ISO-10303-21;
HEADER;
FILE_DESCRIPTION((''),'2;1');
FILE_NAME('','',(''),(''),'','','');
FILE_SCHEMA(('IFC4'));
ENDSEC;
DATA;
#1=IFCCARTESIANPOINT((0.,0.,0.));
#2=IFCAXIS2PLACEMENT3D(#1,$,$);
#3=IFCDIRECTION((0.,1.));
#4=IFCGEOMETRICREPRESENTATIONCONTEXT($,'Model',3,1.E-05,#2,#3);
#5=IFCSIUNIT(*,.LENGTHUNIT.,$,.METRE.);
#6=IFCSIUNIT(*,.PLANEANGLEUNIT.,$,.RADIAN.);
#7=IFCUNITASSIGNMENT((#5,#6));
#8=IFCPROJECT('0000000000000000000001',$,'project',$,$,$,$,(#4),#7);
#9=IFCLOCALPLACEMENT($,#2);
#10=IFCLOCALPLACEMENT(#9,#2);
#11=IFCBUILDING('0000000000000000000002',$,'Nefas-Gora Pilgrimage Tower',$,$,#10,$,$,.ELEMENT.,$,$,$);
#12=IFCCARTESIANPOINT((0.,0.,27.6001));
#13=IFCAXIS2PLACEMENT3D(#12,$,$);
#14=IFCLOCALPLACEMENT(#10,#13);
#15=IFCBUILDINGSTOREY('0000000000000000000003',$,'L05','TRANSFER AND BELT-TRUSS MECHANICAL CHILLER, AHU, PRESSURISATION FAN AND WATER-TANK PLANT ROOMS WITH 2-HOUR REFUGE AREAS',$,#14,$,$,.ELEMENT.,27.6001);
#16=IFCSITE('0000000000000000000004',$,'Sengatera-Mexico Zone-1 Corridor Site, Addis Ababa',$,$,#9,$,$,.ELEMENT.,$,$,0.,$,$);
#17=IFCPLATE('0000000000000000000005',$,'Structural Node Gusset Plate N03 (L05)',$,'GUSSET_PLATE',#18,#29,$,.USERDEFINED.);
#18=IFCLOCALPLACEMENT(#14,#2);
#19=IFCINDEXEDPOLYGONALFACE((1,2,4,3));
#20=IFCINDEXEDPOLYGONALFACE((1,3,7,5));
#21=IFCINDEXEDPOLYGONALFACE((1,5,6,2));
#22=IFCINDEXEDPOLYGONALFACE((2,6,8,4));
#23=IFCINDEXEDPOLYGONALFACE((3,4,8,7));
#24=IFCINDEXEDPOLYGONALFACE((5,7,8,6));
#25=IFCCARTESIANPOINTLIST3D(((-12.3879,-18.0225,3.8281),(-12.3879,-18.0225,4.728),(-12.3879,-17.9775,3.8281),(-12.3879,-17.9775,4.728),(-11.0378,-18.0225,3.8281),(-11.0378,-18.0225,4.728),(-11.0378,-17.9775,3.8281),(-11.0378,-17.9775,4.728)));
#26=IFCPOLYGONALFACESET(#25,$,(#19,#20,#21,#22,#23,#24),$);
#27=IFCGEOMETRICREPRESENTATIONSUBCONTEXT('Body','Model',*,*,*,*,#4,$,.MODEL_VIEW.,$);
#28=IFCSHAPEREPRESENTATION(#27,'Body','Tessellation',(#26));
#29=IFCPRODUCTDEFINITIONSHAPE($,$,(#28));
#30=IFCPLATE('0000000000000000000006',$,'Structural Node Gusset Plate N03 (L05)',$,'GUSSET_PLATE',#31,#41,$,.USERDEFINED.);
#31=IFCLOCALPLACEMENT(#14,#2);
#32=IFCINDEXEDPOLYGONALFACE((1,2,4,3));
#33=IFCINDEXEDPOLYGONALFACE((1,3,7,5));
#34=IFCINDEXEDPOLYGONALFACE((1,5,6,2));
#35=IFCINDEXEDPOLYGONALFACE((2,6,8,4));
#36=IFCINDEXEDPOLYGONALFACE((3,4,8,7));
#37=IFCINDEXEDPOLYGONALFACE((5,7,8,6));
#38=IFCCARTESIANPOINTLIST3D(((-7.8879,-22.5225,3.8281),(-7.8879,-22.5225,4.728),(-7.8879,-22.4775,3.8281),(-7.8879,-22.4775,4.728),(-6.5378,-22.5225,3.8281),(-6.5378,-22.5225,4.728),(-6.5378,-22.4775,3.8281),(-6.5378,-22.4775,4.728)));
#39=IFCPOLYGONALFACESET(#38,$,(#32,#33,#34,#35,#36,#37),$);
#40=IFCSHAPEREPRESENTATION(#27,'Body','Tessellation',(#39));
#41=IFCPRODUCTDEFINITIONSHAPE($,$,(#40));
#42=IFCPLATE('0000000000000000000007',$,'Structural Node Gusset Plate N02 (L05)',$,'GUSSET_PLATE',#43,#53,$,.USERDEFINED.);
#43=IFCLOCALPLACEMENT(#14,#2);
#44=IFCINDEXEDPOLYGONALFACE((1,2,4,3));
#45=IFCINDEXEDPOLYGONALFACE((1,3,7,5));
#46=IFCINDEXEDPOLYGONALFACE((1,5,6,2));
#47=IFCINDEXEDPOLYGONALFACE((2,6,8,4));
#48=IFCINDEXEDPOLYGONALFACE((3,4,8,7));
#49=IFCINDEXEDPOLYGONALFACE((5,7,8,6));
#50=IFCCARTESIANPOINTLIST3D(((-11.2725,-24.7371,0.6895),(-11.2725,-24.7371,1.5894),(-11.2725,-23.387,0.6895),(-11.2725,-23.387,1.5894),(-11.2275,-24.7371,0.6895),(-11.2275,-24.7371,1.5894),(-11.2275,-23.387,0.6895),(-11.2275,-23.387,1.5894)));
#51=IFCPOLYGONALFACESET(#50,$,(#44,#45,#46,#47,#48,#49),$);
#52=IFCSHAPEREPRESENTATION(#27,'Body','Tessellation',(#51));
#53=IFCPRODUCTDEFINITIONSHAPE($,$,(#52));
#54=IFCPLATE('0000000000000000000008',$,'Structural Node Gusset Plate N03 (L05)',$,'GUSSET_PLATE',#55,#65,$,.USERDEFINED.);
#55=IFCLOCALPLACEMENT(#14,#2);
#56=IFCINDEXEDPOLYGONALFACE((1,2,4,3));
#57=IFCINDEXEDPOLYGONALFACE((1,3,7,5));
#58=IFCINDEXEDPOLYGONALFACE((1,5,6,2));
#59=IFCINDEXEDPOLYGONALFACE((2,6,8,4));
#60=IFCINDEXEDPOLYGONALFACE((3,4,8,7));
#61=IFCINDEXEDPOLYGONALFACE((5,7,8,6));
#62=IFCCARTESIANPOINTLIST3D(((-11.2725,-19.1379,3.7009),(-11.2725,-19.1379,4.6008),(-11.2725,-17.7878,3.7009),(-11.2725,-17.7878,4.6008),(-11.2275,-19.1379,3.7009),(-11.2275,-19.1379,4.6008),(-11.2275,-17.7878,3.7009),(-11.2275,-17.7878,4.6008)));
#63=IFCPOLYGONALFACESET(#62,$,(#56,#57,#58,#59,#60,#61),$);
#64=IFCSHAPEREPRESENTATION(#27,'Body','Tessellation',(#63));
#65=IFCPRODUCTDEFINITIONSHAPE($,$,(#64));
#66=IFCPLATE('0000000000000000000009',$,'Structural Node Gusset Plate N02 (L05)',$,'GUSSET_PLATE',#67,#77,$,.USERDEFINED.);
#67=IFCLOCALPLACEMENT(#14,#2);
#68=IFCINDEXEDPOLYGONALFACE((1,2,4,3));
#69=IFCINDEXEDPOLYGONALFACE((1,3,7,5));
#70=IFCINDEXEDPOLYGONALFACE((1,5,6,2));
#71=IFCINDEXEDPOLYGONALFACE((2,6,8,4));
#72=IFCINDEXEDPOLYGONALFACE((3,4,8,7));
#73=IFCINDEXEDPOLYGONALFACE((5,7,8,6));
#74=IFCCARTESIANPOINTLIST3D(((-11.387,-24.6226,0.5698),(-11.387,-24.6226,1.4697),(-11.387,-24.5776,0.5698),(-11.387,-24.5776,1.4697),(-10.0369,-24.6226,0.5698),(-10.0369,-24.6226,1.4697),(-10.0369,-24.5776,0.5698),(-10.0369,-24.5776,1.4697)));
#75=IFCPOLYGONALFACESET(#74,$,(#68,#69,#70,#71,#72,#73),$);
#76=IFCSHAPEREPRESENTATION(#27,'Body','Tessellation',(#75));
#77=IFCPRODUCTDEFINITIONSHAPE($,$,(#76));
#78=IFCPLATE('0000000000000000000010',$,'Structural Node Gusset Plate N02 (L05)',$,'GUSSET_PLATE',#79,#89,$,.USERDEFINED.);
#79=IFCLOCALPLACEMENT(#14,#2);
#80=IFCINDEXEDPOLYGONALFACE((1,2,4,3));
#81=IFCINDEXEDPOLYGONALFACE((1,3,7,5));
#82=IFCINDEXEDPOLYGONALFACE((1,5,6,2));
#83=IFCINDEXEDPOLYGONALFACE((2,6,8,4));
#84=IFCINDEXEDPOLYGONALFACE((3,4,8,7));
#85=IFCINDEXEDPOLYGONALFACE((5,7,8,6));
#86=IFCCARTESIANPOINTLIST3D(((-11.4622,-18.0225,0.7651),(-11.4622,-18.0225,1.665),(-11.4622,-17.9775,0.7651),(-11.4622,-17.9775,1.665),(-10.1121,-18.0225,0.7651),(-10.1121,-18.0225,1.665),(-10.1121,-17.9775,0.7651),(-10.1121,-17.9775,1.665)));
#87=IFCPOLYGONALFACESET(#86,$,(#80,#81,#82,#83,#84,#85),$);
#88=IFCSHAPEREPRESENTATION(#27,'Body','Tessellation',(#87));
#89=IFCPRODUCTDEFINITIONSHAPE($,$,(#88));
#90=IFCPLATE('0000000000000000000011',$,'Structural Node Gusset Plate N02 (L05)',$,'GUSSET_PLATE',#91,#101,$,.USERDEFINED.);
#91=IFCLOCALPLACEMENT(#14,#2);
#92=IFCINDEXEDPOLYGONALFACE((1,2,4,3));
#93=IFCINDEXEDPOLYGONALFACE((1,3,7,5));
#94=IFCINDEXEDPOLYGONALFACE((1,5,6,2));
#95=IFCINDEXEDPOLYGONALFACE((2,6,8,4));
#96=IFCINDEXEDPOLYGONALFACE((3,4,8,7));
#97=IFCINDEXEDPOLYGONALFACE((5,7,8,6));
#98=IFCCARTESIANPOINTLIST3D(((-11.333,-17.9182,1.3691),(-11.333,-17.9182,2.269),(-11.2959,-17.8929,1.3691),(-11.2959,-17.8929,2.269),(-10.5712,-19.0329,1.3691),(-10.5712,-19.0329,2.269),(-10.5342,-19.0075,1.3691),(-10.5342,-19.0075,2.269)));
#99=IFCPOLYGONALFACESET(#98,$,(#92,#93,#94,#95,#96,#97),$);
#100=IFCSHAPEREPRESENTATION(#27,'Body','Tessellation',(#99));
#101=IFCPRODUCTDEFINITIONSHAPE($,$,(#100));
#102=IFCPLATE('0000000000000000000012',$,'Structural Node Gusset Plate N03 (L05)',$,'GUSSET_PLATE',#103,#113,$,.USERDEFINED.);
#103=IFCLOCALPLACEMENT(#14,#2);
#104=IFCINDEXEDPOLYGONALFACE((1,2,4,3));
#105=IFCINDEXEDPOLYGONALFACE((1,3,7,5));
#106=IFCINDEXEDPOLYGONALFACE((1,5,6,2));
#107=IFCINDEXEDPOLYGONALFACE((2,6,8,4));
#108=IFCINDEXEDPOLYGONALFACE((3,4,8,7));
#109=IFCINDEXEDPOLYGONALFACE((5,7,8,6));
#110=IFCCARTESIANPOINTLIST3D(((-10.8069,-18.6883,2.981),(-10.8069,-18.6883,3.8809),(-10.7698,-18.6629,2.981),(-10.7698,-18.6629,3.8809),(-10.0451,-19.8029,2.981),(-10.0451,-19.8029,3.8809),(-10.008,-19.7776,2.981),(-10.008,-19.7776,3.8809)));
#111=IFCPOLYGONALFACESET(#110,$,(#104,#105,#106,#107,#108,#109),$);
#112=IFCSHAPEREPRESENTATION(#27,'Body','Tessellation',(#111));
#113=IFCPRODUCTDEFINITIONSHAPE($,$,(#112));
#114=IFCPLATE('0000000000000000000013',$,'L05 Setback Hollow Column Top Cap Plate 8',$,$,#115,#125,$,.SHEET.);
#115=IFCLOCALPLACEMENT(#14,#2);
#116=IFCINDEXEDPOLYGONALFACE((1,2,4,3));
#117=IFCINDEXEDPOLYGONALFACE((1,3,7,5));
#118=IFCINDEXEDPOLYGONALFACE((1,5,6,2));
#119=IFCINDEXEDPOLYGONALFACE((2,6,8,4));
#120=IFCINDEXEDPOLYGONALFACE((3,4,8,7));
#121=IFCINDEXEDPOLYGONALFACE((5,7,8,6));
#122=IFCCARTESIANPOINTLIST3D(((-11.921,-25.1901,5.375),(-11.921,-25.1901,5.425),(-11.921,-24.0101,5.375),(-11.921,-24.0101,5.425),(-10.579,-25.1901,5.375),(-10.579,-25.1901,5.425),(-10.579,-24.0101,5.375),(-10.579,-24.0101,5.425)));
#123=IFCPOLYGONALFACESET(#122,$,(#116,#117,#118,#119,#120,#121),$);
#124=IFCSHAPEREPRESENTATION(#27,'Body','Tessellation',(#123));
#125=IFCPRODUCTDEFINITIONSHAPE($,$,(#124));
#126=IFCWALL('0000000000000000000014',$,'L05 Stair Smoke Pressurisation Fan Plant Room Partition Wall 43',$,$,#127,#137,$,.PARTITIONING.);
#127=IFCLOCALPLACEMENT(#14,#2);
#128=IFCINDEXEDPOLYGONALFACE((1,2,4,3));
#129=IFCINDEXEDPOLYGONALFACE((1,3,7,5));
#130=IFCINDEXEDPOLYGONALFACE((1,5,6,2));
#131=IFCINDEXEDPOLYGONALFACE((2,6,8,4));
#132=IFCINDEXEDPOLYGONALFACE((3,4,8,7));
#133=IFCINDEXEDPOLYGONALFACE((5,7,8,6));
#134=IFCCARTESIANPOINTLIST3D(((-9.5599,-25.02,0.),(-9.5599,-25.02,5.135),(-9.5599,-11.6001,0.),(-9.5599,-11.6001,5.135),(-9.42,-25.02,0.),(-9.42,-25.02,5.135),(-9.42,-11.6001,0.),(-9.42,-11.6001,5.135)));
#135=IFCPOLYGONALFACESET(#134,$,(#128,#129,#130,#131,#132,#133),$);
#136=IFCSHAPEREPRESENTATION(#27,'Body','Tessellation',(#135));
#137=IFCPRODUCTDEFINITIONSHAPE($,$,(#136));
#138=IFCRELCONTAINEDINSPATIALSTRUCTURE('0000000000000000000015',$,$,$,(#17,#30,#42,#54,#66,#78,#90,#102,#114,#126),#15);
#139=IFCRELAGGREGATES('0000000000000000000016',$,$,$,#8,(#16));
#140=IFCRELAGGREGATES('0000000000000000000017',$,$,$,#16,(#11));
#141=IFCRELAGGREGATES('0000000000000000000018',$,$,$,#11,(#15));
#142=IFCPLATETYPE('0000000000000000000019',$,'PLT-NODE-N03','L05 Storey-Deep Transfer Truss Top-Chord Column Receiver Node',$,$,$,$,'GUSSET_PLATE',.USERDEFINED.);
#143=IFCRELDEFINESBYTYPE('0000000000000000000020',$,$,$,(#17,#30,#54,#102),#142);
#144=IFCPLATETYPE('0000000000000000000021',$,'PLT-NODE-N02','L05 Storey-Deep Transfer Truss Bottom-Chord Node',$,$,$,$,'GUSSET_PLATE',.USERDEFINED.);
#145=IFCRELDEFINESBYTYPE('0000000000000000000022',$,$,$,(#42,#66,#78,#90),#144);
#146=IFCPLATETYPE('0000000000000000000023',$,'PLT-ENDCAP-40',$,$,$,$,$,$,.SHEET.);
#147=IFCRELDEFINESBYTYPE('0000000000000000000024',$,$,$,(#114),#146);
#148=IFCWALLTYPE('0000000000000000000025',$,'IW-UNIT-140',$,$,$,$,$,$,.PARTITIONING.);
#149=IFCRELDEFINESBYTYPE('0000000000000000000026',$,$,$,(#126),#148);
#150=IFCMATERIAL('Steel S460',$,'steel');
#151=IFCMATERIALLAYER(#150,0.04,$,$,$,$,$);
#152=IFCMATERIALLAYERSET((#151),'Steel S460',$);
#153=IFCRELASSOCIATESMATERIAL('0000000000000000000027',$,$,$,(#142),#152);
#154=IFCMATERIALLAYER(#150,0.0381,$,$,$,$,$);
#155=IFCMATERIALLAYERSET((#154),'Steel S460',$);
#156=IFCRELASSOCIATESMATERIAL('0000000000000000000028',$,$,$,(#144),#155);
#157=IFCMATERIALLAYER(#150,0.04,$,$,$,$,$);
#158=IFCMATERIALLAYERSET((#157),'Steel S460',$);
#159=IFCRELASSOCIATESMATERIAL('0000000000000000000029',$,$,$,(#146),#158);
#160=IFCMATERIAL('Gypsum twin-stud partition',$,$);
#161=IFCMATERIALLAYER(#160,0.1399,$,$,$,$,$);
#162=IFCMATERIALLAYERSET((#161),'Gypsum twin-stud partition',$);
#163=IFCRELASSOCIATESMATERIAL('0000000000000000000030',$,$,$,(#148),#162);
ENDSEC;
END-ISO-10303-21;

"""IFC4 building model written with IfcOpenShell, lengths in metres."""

from ifc_helpers import new_model, si_unit, direction, frame, frame_2d, origin, origin_2d, place, context, subcontext, project, spatial, rectangle, extrude, source, transform, mapped, material, layer, layer_set, type_object, element, save


model = new_model("IFC4")

# Units and contexts
model_context = context("Model", 3, precision=1e-05, world=origin(), true_north=direction((0.0, 1.0)))
body_context = subcontext(model_context, "Body", "Model", "MODEL_VIEW")
ifc_project = project(units=[si_unit("LENGTHUNIT", "METRE"), si_unit("PLANEANGLEUNIT", "RADIAN")], contexts=[model_context])

# Site, building, storey
site_placement = place(None, origin())
site = spatial("IfcSite", under=ifc_project, at=site_placement, Name="Sengatera-Mexico Zone-1 Corridor Site, Addis Ababa", CompositionType="ELEMENT", RefElevation=0.0)
building_placement = place(site_placement, origin())
building = spatial("IfcBuilding", under=site, at=building_placement, Name="Nefas-Gora Pilgrimage Tower", CompositionType="ELEMENT")
storey_placement = place(building_placement, frame((0.0, 0.0, 27.6001)))
storey = spatial("IfcBuildingStorey", under=building, at=storey_placement, Name="L05", Description="TRANSFER AND BELT-TRUSS MECHANICAL CHILLER, AHU, PRESSURISATION FAN AND WATER-TANK PLANT ROOMS WITH 2-HOUR REFUGE AREAS", CompositionType="ELEMENT", Elevation=27.6001)

# Shared definitions
ifc_material_1 = material(Name="Steel S460", Category="steel")

# Plates
ifc_layer_1 = layer(ifc_material_1, 0.04)
ifc_layer_set_1 = layer_set([ifc_layer_1], Name="Steel S460")
plate_type_1 = type_object("IfcPlateType", Name="PLT-NODE-N03", Description="L05 Storey-Deep Transfer Truss Top-Chord Column Receiver Node", ElementType="GUSSET_PLATE", PredefinedType="USERDEFINED", material=ifc_layer_set_1)
shared_shape_1 = source(origin(), body_context, "Body", "SweptSolid", [
    extrude(rectangle(XDim=1.3501, YDim=0.0449, at=origin_2d()), origin(), (0.0, 0.0, 1.0), 0.8999),
])
for number, where, z_axis, x_axis, name in (
    (1, (-11.7129, -18.0, 3.8281), (0.0, 0.0, 1.0), (1.0, 0.0, 0.0), "Structural Node Gusset Plate N03 (L05)"),
    (2, (-7.2129, -22.5, 3.8281), (0.0, 0.0, 1.0), (1.0, 0.0, 0.0), "Structural Node Gusset Plate N03 (L05)"),
):
    element("IfcPlate", number, at=place(storey_placement, frame(where, z_axis=z_axis, x_axis=x_axis)), inside=storey, type_object=plate_type_1, Name=name, ObjectType="GUSSET_PLATE", PredefinedType="USERDEFINED", context=body_context, shape_type="MappedRepresentation", body=[
        mapped(shared_shape_1, transform((0.0, 0.0, 0.0), x_axis=(1.0, 0.0, 0.0), y_axis=(0.0, 1.0, 0.0), z_axis=(0.0, 0.0, 1.0), scale=1.0)),
    ])
ifc_layer_2 = layer(ifc_material_1, 0.0381)
ifc_layer_set_2 = layer_set([ifc_layer_2], Name="Steel S460")
plate_type_2 = type_object("IfcPlateType", Name="PLT-NODE-N02", Description="L05 Storey-Deep Transfer Truss Bottom-Chord Node", ElementType="GUSSET_PLATE", PredefinedType="USERDEFINED", material=ifc_layer_set_2)
plate_1_placement = place(storey_placement, frame((-11.25, -24.062, 0.6895), z_axis=(0.0, 0.0, 1.0), x_axis=(0.0, 1.0, 0.0)))
element("IfcPlate", 3, at=plate_1_placement, inside=storey, type_object=plate_type_2, Name="Structural Node Gusset Plate N02 (L05)", ObjectType="GUSSET_PLATE", PredefinedType="USERDEFINED", context=body_context, shape_type="MappedRepresentation", body=[
    mapped(shared_shape_1, transform((0.0, 0.0, 0.0), x_axis=(1.0, 0.0, 0.0), y_axis=(0.0, 1.0, 0.0), z_axis=(0.0, 0.0, 1.0), scale=1.0)),
])
plate_2_placement = place(storey_placement, frame((-11.25, -18.4629, 3.7009), z_axis=(0.0, 0.0, 1.0), x_axis=(0.0, 1.0, 0.0)))
element("IfcPlate", 4, at=plate_2_placement, inside=storey, type_object=plate_type_1, Name="Structural Node Gusset Plate N03 (L05)", ObjectType="GUSSET_PLATE", PredefinedType="USERDEFINED", context=body_context, shape_type="MappedRepresentation", body=[
    mapped(shared_shape_1, transform((0.0, 0.0, 0.0), x_axis=(1.0, 0.0, 0.0), y_axis=(0.0, 1.0, 0.0), z_axis=(0.0, 0.0, 1.0), scale=1.0)),
])
for number, where, z_axis, x_axis, name in (
    (5, (-10.7119, -24.6001, 0.5698), (0.0, 0.0, 1.0), (1.0, 0.0, 0.0), "Structural Node Gusset Plate N02 (L05)"),
    (6, (-10.7871, -18.0, 0.7651), (0.0, 0.0, 1.0), (1.0, 0.0, 0.0), "Structural Node Gusset Plate N02 (L05)"),
    (7, (-10.9336, -18.4629, 1.3691), (0.0, 0.0, 1.0), (0.564247, -0.825606, 0.0), "Structural Node Gusset Plate N02 (L05)"),
):
    element("IfcPlate", number, at=place(storey_placement, frame(where, z_axis=z_axis, x_axis=x_axis)), inside=storey, type_object=plate_type_2, Name=name, ObjectType="GUSSET_PLATE", PredefinedType="USERDEFINED", context=body_context, shape_type="MappedRepresentation", body=[
        mapped(shared_shape_1, transform((0.0, 0.0, 0.0), x_axis=(1.0, 0.0, 0.0), y_axis=(0.0, 1.0, 0.0), z_axis=(0.0, 0.0, 1.0), scale=1.0)),
    ])
plate_3_placement = place(storey_placement, frame((-10.4075, -19.2329, 2.981), z_axis=(0.0, 0.0, 1.0), x_axis=(0.564247, -0.825606, 0.0)))
element("IfcPlate", 8, at=plate_3_placement, inside=storey, type_object=plate_type_1, Name="Structural Node Gusset Plate N03 (L05)", ObjectType="GUSSET_PLATE", PredefinedType="USERDEFINED", context=body_context, shape_type="MappedRepresentation", body=[
    mapped(shared_shape_1, transform((0.0, 0.0, 0.0), x_axis=(1.0, 0.0, 0.0), y_axis=(0.0, 1.0, 0.0), z_axis=(0.0, 0.0, 1.0), scale=1.0)),
])
ifc_layer_3 = layer(ifc_material_1, 0.04)
ifc_layer_set_3 = layer_set([ifc_layer_3], Name="Steel S460")
plate_type_3 = type_object("IfcPlateType", Name="PLT-ENDCAP-40", PredefinedType="SHEET", material=ifc_layer_set_3)
shared_shape_2 = source(origin(), body_context, "Body", "SweptSolid", [
    extrude(rectangle(XDim=1.342, YDim=1.1799, at=origin_2d()), origin(), (0.0, 0.0, 1.0), 0.05),
])
plate_4_placement = place(storey_placement, frame((-11.25, -24.6001, 5.375), z_axis=(0.0, 0.0, 1.0), x_axis=(1.0, 0.0, 0.0)))
element("IfcPlate", 9, at=plate_4_placement, inside=storey, type_object=plate_type_3, Name="L05 Setback Hollow Column Top Cap Plate 8", PredefinedType="SHEET", context=body_context, shape_type="MappedRepresentation", body=[
    mapped(shared_shape_2, transform((0.0, 0.0, 0.0), x_axis=(1.0, 0.0, 0.0), y_axis=(0.0, 1.0, 0.0), z_axis=(0.0, 0.0, 1.0), scale=1.0)),
])

# Wall
ifc_material_2 = material(Name="Gypsum twin-stud partition")
ifc_layer_4 = layer(ifc_material_2, 0.1399)
ifc_layer_set_4 = layer_set([ifc_layer_4], Name="Gypsum twin-stud partition")
wall_type = type_object("IfcWallType", Name="IW-UNIT-140", PredefinedType="PARTITIONING", material=ifc_layer_set_4)
shared_shape_3 = source(origin(), body_context, "Body", "SweptSolid", [
    extrude(rectangle(XDim=13.4199, YDim=0.1399, at=frame_2d((6.71, 0.0))), origin(), (0.0, 0.0, 1.0), 5.135),
])
wall_placement = place(storey_placement, frame((-9.49, -25.02, 0.0), z_axis=(0.0, 0.0, 1.0), x_axis=(0.0, 1.0, 0.0)))
element("IfcWall", 10, at=wall_placement, inside=storey, type_object=wall_type, Name="L05 Stair Smoke Pressurisation Fan Plant Room Partition Wall 43", PredefinedType="PARTITIONING", context=body_context, shape_type="MappedRepresentation", body=[
    mapped(shared_shape_3, transform((0.0, 0.0, 0.0), x_axis=(1.0, 0.0, 0.0), y_axis=(0.0, 1.0, 0.0), z_axis=(0.0, 0.0, 1.0), scale=1.0)),
])

save(model, "model.ifc")
